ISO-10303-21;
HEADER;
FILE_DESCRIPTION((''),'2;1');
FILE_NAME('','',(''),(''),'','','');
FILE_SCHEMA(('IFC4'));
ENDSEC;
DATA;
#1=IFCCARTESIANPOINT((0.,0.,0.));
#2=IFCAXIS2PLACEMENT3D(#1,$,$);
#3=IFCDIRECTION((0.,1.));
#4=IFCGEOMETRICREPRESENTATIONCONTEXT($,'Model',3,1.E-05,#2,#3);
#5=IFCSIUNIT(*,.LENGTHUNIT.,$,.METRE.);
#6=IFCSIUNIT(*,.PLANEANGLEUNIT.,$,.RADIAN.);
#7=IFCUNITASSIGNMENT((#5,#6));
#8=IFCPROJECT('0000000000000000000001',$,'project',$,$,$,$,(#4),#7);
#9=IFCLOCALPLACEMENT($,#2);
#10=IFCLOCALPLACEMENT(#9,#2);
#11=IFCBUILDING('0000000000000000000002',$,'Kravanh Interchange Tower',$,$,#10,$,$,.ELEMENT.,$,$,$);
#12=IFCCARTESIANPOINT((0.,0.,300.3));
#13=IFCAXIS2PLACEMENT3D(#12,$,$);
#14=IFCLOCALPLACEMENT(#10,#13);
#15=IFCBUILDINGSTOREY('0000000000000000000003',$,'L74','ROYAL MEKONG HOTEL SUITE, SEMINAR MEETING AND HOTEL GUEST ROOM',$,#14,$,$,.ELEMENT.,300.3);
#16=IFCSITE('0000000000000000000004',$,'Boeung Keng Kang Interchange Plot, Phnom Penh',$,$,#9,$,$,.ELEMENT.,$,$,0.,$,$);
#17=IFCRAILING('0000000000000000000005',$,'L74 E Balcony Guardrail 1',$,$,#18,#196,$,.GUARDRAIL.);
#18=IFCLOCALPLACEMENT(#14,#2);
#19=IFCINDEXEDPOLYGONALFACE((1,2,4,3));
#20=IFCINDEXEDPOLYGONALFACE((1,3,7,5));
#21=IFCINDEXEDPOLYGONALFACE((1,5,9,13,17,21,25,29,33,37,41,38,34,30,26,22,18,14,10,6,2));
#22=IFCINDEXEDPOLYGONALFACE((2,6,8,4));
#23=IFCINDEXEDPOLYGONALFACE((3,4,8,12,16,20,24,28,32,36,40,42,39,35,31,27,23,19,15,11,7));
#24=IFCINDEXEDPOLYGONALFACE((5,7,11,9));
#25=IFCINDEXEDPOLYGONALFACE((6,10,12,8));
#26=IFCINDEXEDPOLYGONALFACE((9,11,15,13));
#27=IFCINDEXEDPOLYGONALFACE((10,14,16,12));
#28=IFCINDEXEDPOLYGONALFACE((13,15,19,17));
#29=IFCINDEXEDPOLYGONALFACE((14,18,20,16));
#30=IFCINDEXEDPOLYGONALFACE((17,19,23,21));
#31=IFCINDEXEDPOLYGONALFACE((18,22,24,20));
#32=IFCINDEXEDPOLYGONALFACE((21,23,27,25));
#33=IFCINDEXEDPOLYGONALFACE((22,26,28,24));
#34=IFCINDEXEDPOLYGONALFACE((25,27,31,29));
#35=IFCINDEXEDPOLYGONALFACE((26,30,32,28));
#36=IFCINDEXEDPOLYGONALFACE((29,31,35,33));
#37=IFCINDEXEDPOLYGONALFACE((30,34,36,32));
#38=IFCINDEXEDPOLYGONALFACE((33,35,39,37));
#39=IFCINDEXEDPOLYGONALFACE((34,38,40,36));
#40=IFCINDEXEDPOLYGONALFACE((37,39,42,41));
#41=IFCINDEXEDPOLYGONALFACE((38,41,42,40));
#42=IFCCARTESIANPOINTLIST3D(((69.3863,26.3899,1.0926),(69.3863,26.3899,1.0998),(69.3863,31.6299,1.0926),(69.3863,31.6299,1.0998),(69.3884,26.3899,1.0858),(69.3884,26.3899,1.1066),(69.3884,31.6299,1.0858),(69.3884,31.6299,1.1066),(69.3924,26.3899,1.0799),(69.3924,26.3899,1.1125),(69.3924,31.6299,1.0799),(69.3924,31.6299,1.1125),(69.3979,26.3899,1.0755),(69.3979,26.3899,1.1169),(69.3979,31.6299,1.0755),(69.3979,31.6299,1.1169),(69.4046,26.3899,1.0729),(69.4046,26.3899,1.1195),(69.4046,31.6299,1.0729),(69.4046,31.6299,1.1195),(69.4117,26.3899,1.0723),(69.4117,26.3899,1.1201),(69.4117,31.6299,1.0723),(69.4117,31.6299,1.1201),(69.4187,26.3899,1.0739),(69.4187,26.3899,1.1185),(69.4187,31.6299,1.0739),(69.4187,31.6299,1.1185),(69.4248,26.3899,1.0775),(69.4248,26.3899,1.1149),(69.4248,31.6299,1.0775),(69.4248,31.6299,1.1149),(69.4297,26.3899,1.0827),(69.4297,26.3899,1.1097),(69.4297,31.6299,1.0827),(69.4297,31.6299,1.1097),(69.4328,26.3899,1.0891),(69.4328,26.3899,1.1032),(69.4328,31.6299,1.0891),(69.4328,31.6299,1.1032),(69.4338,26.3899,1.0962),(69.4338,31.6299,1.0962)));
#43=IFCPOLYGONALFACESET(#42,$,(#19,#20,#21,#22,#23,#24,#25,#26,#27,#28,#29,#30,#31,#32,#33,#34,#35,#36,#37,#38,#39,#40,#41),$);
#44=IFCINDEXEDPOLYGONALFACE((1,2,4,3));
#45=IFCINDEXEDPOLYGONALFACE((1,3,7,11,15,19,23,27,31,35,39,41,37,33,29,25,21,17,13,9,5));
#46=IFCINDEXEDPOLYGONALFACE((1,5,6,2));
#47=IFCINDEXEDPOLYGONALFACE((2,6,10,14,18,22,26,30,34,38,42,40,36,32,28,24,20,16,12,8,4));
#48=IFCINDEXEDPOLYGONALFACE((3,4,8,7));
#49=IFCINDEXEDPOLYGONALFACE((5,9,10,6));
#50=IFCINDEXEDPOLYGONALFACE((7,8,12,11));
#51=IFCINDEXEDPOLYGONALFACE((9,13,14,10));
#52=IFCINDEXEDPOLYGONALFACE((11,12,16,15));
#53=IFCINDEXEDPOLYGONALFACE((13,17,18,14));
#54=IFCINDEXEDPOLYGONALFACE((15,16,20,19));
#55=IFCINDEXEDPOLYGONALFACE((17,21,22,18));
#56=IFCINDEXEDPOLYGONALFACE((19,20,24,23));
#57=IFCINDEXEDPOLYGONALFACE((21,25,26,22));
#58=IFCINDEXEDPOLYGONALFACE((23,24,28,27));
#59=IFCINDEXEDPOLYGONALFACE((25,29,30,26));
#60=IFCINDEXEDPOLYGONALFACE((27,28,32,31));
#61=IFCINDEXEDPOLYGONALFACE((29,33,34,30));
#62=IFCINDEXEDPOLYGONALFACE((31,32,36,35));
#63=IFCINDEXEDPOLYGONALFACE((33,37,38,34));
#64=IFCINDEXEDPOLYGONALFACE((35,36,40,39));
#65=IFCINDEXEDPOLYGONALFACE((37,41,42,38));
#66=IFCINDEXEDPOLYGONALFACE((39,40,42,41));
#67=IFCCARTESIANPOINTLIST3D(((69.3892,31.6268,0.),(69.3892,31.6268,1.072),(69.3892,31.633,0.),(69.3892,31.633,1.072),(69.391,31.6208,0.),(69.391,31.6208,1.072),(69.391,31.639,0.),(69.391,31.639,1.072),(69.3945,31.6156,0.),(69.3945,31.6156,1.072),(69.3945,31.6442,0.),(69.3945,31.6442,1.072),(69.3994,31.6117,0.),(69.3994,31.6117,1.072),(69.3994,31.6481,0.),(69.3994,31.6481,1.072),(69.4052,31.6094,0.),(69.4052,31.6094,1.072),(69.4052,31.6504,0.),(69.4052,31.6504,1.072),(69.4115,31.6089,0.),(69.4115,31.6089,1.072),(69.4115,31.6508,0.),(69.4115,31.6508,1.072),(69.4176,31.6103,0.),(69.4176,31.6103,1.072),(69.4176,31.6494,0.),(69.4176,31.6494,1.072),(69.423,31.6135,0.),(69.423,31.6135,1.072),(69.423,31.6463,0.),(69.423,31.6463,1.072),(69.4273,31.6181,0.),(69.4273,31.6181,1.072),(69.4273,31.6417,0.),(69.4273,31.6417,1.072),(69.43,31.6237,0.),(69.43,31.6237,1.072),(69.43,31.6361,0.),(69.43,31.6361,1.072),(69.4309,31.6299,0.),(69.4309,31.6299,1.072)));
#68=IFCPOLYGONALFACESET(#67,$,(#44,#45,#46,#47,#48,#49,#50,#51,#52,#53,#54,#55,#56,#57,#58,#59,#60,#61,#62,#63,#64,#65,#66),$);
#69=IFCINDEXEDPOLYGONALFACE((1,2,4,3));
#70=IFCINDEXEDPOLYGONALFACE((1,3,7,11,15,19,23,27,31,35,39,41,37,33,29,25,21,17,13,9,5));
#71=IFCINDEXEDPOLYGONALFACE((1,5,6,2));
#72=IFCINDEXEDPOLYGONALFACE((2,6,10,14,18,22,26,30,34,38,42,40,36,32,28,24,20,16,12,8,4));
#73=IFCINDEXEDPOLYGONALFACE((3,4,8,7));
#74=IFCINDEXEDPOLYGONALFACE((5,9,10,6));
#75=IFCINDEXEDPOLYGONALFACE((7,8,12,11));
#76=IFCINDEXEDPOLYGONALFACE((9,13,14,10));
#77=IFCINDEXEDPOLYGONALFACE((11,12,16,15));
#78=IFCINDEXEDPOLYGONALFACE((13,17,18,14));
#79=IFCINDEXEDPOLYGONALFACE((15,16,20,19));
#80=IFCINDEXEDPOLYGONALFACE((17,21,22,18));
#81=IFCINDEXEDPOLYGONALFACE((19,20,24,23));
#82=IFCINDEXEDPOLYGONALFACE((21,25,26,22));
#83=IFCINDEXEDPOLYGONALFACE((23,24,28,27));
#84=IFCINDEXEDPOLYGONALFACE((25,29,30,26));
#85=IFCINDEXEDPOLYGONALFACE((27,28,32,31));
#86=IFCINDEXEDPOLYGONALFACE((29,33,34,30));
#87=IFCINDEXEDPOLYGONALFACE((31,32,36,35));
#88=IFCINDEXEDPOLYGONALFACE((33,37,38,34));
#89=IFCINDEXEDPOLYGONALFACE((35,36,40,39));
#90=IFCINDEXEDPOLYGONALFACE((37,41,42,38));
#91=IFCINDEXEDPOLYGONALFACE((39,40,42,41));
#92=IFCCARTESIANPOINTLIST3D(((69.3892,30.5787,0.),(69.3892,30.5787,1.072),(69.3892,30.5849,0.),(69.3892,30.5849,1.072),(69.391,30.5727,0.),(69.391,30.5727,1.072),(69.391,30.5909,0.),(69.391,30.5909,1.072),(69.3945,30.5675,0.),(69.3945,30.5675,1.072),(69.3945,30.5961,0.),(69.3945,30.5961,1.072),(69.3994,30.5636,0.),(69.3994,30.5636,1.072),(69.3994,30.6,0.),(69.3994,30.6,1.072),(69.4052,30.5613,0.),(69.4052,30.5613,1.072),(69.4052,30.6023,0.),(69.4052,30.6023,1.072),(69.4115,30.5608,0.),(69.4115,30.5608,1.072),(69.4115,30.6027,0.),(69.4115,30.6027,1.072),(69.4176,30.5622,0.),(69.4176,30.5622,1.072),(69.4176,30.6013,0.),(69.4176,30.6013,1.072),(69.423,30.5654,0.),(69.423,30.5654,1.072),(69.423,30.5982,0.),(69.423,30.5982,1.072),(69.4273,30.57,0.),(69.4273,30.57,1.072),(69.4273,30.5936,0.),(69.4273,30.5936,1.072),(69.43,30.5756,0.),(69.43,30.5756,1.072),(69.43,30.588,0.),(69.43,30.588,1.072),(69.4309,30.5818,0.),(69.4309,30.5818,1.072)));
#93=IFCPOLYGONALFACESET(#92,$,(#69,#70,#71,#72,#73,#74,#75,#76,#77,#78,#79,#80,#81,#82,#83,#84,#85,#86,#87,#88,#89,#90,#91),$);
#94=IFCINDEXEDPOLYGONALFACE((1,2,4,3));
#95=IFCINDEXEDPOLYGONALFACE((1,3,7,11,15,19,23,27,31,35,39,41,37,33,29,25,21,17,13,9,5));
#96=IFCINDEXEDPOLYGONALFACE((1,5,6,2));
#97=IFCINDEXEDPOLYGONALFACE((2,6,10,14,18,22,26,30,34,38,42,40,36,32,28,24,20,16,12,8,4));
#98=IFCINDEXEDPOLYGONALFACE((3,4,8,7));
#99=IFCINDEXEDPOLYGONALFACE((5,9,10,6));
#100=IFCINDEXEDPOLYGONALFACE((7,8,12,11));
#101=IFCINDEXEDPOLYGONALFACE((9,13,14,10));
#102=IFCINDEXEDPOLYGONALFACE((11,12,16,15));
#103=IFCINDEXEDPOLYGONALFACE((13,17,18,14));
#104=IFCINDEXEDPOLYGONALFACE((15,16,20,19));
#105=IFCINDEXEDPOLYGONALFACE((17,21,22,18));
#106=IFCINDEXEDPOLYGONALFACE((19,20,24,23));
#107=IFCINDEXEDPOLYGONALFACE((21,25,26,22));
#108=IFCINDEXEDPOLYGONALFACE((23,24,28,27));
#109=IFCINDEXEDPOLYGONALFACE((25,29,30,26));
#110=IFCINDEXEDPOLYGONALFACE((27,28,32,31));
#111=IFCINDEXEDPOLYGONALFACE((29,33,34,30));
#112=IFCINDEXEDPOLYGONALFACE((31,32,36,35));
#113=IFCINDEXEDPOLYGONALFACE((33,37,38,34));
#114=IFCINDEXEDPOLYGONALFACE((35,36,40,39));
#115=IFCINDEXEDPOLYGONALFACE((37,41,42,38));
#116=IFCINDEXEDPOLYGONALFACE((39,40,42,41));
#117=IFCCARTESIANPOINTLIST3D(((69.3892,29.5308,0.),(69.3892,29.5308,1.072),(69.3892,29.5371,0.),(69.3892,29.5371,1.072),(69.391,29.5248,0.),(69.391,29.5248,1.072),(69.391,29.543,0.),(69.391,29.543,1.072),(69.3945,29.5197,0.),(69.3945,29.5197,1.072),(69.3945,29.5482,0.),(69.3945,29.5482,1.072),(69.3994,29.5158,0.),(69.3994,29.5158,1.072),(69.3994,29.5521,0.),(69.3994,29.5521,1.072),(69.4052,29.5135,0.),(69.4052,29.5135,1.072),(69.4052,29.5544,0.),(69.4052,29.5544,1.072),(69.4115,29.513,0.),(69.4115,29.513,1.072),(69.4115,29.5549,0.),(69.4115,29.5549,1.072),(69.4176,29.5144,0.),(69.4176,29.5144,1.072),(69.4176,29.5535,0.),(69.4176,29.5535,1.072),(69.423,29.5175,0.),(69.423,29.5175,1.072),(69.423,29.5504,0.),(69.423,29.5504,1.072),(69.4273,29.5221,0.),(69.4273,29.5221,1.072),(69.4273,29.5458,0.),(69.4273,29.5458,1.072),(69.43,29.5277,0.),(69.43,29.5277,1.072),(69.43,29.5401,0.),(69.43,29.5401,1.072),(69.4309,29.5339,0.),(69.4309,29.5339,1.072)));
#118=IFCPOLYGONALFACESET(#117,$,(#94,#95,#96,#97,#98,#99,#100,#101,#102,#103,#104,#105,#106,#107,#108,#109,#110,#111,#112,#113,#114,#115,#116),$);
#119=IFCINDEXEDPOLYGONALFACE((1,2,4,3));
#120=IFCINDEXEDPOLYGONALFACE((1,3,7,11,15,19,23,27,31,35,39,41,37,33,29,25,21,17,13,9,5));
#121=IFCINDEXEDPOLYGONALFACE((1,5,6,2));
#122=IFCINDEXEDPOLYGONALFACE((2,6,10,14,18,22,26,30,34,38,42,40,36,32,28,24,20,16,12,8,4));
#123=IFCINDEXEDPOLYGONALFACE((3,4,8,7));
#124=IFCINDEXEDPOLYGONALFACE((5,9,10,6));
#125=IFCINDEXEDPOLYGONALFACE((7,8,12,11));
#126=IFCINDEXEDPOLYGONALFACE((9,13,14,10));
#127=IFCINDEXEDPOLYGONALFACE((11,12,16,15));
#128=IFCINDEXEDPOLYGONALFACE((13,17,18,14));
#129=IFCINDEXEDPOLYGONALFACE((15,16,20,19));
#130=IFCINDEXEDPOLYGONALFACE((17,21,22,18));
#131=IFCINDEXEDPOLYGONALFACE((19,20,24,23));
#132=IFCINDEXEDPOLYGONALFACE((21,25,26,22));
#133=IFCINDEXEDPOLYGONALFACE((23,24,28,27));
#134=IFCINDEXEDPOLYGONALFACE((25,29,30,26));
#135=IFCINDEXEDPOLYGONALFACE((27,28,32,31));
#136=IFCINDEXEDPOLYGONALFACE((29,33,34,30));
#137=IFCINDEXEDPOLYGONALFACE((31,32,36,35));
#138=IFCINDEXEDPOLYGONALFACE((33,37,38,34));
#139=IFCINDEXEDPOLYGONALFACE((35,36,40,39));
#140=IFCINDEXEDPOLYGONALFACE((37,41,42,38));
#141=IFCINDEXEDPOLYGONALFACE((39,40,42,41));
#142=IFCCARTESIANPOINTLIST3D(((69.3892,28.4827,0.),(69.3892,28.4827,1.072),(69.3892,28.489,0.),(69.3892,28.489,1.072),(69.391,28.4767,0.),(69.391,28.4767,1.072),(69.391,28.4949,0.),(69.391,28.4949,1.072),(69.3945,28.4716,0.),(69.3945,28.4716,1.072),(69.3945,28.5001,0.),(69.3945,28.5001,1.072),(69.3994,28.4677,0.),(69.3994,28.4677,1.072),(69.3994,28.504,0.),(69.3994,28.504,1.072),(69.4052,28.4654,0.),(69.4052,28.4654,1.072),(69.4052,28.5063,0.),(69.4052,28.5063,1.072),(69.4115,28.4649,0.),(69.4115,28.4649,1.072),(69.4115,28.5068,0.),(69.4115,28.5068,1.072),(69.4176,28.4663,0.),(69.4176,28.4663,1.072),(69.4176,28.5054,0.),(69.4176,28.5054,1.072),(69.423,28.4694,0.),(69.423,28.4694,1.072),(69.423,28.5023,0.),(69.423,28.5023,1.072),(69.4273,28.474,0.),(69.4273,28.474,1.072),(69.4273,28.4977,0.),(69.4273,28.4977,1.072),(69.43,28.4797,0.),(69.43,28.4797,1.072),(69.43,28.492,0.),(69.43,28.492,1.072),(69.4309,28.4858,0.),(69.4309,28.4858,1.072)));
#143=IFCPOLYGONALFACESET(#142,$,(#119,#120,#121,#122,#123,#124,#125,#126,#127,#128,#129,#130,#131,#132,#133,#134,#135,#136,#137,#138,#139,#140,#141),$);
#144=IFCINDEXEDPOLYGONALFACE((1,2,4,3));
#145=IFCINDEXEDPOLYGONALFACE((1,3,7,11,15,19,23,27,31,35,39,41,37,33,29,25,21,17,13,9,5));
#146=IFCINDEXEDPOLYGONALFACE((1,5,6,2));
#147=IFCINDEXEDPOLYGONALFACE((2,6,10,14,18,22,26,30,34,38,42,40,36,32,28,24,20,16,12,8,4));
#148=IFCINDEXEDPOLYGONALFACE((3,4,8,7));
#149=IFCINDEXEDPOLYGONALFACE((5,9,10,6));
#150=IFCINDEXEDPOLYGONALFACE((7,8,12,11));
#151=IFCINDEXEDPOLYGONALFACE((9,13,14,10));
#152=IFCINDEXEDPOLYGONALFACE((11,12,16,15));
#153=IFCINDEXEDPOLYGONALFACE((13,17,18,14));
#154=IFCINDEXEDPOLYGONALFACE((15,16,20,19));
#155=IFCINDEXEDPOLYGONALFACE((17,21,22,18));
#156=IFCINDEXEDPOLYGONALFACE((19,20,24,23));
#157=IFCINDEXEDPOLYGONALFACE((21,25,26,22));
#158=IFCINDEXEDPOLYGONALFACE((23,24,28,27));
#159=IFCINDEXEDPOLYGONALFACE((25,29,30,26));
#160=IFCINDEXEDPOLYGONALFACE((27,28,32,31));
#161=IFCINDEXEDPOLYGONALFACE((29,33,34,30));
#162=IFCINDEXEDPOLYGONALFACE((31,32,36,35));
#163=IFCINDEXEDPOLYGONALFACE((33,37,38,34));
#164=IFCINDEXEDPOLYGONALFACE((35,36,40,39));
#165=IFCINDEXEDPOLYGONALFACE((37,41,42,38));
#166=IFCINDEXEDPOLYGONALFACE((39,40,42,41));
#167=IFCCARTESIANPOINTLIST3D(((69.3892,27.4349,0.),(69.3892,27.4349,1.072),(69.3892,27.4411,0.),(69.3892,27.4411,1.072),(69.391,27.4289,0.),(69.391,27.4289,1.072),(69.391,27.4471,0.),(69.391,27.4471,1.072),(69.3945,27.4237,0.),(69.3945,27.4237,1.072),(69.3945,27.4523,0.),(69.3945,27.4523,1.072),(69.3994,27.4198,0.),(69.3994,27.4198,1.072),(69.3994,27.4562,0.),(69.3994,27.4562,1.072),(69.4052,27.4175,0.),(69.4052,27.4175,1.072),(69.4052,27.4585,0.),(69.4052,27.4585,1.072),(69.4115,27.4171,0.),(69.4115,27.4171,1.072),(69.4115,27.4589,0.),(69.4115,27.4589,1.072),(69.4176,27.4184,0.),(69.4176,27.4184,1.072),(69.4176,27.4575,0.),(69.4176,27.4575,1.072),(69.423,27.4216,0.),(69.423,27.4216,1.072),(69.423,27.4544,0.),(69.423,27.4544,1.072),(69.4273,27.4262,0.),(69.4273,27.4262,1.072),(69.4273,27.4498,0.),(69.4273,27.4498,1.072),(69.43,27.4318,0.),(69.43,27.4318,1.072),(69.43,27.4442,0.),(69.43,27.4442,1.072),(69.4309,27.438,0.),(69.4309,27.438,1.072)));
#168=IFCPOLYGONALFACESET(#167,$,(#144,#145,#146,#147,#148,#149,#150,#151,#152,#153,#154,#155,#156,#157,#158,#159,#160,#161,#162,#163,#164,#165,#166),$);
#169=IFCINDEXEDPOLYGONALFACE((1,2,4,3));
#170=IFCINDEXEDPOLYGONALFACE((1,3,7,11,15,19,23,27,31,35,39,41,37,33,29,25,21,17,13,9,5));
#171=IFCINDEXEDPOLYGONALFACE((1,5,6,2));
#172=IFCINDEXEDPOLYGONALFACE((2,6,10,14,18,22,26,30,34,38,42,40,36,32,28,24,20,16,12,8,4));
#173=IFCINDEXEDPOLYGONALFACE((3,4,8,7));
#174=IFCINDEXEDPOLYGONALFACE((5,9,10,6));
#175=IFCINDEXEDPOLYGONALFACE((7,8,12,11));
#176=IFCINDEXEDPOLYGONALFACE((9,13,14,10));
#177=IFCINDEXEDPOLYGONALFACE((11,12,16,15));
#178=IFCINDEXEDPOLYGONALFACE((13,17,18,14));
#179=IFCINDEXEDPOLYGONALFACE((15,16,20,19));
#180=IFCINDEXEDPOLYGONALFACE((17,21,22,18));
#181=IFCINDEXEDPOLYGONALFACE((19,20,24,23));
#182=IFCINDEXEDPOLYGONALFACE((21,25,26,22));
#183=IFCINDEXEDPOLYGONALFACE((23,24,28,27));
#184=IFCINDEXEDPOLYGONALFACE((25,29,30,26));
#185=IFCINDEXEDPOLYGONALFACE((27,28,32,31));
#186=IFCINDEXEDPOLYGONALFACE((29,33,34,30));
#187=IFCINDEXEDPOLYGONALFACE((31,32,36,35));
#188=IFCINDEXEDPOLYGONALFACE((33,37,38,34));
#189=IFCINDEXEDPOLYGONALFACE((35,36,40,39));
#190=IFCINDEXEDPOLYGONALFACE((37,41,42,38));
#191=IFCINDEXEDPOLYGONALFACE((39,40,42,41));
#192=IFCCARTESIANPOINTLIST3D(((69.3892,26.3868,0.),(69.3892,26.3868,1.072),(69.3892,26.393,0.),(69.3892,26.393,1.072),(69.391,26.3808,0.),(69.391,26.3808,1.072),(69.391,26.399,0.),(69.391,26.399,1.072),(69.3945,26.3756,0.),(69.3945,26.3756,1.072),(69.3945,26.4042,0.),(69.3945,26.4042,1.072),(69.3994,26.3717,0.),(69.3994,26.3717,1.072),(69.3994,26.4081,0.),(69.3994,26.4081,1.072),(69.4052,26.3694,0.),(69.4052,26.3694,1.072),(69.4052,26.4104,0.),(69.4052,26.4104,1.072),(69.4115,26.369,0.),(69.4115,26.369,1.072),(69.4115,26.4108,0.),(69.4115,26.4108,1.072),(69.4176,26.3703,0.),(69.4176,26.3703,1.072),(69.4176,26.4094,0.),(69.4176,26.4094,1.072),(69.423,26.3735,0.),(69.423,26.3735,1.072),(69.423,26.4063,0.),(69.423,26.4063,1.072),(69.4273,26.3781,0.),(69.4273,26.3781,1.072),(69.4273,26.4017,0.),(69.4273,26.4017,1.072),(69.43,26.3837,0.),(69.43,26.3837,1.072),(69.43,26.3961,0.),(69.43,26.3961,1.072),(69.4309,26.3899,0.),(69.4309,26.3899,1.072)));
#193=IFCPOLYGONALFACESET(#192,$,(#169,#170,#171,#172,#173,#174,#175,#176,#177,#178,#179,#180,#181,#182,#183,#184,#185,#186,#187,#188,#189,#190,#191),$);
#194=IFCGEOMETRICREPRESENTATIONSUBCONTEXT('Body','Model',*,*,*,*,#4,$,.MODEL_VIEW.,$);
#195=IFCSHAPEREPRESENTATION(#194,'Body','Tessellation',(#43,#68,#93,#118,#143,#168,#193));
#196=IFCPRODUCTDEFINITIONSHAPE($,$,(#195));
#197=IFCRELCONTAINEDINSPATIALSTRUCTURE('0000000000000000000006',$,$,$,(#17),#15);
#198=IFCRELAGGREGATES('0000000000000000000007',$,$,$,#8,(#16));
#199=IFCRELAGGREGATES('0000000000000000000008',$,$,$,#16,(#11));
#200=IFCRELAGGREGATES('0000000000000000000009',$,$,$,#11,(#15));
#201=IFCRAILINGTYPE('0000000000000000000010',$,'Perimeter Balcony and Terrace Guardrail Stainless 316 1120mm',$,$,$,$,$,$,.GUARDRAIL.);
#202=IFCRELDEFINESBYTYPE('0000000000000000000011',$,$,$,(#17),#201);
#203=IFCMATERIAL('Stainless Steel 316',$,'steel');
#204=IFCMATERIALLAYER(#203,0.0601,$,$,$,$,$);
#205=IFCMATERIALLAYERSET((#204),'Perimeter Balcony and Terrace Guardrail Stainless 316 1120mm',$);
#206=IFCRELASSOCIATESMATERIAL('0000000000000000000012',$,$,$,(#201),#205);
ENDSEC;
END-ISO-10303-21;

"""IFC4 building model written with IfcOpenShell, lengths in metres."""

from ifc_helpers import new_model, si_unit, direction, frame, origin, origin_2d, place, context, subcontext, project, spatial, circle, extrude, material, layer, layer_set, type_object, element, save


model = new_model("IFC4")

# Units and contexts
model_context = context("Model", 3, precision=1e-05, world=origin(), true_north=direction((0.0, 1.0)))
body_context = subcontext(model_context, "Body", "Model", "MODEL_VIEW")
ifc_project = project(units=[si_unit("LENGTHUNIT", "METRE"), si_unit("PLANEANGLEUNIT", "RADIAN")], contexts=[model_context])

# Site, building, storey
site_placement = place(None, origin())
site = spatial("IfcSite", under=ifc_project, at=site_placement, Name="Boeung Keng Kang Interchange Plot, Phnom Penh", CompositionType="ELEMENT", RefElevation=0.0)
building_placement = place(site_placement, origin())
building = spatial("IfcBuilding", under=site, at=building_placement, Name="Kravanh Interchange Tower", CompositionType="ELEMENT")
storey_placement = place(building_placement, frame((0.0, 0.0, 300.3)))
storey = spatial("IfcBuildingStorey", under=building, at=storey_placement, Name="L74", Description="ROYAL MEKONG HOTEL SUITE, SEMINAR MEETING AND HOTEL GUEST ROOM", CompositionType="ELEMENT", Elevation=300.3)

# Railing
ifc_material_1 = material(Name="Stainless Steel 316", Category="steel")
ifc_layer_1 = layer(ifc_material_1, 0.0601)
ifc_layer_set_1 = layer_set([ifc_layer_1], Name="Perimeter Balcony and Terrace Guardrail Stainless 316 1120mm")
railing_type = type_object("IfcRailingType", Name="Perimeter Balcony and Terrace Guardrail Stainless 316 1120mm", PredefinedType="GUARDRAIL", material=ifc_layer_set_1)
railing_1_placement = place(storey_placement, frame((69.4099, 31.6299, 0.0)))
element("IfcRailing", 1, at=railing_1_placement, inside=storey, type_object=railing_type, Name="L74 E Balcony Guardrail 1", PredefinedType="GUARDRAIL", context=body_context, shape_type="SweptSolid", body=[
    extrude(circle(Radius=0.0239, at=origin_2d()), frame((0.0, 0.0, 1.0962), z_axis=(0.0, -1.0, 0.0), x_axis=(1.0, 0.0, 0.0)), (0.0, 0.0, 1.0), 5.24),
    extrude(circle(Radius=0.021, at=origin_2d()), origin(), (0.0, 0.0, 1.0), 1.072),
    extrude(circle(Radius=0.021, at=origin_2d()), frame((0.0, -1.0481, 0.0)), (0.0, 0.0, 1.0), 1.072),
    extrude(circle(Radius=0.021, at=origin_2d()), frame((0.0, -2.0959, 0.0)), (0.0, 0.0, 1.0), 1.072),
    extrude(circle(Radius=0.021, at=origin_2d()), frame((0.0, -3.144, 0.0)), (0.0, 0.0, 1.0), 1.072),
    extrude(circle(Radius=0.021, at=origin_2d()), frame((0.0, -4.1919, 0.0)), (0.0, 0.0, 1.0), 1.072),
    extrude(circle(Radius=0.021, at=origin_2d()), frame((0.0, -5.24, 0.0)), (0.0, 0.0, 1.0), 1.072),
])

save(model, "model.ifc")
